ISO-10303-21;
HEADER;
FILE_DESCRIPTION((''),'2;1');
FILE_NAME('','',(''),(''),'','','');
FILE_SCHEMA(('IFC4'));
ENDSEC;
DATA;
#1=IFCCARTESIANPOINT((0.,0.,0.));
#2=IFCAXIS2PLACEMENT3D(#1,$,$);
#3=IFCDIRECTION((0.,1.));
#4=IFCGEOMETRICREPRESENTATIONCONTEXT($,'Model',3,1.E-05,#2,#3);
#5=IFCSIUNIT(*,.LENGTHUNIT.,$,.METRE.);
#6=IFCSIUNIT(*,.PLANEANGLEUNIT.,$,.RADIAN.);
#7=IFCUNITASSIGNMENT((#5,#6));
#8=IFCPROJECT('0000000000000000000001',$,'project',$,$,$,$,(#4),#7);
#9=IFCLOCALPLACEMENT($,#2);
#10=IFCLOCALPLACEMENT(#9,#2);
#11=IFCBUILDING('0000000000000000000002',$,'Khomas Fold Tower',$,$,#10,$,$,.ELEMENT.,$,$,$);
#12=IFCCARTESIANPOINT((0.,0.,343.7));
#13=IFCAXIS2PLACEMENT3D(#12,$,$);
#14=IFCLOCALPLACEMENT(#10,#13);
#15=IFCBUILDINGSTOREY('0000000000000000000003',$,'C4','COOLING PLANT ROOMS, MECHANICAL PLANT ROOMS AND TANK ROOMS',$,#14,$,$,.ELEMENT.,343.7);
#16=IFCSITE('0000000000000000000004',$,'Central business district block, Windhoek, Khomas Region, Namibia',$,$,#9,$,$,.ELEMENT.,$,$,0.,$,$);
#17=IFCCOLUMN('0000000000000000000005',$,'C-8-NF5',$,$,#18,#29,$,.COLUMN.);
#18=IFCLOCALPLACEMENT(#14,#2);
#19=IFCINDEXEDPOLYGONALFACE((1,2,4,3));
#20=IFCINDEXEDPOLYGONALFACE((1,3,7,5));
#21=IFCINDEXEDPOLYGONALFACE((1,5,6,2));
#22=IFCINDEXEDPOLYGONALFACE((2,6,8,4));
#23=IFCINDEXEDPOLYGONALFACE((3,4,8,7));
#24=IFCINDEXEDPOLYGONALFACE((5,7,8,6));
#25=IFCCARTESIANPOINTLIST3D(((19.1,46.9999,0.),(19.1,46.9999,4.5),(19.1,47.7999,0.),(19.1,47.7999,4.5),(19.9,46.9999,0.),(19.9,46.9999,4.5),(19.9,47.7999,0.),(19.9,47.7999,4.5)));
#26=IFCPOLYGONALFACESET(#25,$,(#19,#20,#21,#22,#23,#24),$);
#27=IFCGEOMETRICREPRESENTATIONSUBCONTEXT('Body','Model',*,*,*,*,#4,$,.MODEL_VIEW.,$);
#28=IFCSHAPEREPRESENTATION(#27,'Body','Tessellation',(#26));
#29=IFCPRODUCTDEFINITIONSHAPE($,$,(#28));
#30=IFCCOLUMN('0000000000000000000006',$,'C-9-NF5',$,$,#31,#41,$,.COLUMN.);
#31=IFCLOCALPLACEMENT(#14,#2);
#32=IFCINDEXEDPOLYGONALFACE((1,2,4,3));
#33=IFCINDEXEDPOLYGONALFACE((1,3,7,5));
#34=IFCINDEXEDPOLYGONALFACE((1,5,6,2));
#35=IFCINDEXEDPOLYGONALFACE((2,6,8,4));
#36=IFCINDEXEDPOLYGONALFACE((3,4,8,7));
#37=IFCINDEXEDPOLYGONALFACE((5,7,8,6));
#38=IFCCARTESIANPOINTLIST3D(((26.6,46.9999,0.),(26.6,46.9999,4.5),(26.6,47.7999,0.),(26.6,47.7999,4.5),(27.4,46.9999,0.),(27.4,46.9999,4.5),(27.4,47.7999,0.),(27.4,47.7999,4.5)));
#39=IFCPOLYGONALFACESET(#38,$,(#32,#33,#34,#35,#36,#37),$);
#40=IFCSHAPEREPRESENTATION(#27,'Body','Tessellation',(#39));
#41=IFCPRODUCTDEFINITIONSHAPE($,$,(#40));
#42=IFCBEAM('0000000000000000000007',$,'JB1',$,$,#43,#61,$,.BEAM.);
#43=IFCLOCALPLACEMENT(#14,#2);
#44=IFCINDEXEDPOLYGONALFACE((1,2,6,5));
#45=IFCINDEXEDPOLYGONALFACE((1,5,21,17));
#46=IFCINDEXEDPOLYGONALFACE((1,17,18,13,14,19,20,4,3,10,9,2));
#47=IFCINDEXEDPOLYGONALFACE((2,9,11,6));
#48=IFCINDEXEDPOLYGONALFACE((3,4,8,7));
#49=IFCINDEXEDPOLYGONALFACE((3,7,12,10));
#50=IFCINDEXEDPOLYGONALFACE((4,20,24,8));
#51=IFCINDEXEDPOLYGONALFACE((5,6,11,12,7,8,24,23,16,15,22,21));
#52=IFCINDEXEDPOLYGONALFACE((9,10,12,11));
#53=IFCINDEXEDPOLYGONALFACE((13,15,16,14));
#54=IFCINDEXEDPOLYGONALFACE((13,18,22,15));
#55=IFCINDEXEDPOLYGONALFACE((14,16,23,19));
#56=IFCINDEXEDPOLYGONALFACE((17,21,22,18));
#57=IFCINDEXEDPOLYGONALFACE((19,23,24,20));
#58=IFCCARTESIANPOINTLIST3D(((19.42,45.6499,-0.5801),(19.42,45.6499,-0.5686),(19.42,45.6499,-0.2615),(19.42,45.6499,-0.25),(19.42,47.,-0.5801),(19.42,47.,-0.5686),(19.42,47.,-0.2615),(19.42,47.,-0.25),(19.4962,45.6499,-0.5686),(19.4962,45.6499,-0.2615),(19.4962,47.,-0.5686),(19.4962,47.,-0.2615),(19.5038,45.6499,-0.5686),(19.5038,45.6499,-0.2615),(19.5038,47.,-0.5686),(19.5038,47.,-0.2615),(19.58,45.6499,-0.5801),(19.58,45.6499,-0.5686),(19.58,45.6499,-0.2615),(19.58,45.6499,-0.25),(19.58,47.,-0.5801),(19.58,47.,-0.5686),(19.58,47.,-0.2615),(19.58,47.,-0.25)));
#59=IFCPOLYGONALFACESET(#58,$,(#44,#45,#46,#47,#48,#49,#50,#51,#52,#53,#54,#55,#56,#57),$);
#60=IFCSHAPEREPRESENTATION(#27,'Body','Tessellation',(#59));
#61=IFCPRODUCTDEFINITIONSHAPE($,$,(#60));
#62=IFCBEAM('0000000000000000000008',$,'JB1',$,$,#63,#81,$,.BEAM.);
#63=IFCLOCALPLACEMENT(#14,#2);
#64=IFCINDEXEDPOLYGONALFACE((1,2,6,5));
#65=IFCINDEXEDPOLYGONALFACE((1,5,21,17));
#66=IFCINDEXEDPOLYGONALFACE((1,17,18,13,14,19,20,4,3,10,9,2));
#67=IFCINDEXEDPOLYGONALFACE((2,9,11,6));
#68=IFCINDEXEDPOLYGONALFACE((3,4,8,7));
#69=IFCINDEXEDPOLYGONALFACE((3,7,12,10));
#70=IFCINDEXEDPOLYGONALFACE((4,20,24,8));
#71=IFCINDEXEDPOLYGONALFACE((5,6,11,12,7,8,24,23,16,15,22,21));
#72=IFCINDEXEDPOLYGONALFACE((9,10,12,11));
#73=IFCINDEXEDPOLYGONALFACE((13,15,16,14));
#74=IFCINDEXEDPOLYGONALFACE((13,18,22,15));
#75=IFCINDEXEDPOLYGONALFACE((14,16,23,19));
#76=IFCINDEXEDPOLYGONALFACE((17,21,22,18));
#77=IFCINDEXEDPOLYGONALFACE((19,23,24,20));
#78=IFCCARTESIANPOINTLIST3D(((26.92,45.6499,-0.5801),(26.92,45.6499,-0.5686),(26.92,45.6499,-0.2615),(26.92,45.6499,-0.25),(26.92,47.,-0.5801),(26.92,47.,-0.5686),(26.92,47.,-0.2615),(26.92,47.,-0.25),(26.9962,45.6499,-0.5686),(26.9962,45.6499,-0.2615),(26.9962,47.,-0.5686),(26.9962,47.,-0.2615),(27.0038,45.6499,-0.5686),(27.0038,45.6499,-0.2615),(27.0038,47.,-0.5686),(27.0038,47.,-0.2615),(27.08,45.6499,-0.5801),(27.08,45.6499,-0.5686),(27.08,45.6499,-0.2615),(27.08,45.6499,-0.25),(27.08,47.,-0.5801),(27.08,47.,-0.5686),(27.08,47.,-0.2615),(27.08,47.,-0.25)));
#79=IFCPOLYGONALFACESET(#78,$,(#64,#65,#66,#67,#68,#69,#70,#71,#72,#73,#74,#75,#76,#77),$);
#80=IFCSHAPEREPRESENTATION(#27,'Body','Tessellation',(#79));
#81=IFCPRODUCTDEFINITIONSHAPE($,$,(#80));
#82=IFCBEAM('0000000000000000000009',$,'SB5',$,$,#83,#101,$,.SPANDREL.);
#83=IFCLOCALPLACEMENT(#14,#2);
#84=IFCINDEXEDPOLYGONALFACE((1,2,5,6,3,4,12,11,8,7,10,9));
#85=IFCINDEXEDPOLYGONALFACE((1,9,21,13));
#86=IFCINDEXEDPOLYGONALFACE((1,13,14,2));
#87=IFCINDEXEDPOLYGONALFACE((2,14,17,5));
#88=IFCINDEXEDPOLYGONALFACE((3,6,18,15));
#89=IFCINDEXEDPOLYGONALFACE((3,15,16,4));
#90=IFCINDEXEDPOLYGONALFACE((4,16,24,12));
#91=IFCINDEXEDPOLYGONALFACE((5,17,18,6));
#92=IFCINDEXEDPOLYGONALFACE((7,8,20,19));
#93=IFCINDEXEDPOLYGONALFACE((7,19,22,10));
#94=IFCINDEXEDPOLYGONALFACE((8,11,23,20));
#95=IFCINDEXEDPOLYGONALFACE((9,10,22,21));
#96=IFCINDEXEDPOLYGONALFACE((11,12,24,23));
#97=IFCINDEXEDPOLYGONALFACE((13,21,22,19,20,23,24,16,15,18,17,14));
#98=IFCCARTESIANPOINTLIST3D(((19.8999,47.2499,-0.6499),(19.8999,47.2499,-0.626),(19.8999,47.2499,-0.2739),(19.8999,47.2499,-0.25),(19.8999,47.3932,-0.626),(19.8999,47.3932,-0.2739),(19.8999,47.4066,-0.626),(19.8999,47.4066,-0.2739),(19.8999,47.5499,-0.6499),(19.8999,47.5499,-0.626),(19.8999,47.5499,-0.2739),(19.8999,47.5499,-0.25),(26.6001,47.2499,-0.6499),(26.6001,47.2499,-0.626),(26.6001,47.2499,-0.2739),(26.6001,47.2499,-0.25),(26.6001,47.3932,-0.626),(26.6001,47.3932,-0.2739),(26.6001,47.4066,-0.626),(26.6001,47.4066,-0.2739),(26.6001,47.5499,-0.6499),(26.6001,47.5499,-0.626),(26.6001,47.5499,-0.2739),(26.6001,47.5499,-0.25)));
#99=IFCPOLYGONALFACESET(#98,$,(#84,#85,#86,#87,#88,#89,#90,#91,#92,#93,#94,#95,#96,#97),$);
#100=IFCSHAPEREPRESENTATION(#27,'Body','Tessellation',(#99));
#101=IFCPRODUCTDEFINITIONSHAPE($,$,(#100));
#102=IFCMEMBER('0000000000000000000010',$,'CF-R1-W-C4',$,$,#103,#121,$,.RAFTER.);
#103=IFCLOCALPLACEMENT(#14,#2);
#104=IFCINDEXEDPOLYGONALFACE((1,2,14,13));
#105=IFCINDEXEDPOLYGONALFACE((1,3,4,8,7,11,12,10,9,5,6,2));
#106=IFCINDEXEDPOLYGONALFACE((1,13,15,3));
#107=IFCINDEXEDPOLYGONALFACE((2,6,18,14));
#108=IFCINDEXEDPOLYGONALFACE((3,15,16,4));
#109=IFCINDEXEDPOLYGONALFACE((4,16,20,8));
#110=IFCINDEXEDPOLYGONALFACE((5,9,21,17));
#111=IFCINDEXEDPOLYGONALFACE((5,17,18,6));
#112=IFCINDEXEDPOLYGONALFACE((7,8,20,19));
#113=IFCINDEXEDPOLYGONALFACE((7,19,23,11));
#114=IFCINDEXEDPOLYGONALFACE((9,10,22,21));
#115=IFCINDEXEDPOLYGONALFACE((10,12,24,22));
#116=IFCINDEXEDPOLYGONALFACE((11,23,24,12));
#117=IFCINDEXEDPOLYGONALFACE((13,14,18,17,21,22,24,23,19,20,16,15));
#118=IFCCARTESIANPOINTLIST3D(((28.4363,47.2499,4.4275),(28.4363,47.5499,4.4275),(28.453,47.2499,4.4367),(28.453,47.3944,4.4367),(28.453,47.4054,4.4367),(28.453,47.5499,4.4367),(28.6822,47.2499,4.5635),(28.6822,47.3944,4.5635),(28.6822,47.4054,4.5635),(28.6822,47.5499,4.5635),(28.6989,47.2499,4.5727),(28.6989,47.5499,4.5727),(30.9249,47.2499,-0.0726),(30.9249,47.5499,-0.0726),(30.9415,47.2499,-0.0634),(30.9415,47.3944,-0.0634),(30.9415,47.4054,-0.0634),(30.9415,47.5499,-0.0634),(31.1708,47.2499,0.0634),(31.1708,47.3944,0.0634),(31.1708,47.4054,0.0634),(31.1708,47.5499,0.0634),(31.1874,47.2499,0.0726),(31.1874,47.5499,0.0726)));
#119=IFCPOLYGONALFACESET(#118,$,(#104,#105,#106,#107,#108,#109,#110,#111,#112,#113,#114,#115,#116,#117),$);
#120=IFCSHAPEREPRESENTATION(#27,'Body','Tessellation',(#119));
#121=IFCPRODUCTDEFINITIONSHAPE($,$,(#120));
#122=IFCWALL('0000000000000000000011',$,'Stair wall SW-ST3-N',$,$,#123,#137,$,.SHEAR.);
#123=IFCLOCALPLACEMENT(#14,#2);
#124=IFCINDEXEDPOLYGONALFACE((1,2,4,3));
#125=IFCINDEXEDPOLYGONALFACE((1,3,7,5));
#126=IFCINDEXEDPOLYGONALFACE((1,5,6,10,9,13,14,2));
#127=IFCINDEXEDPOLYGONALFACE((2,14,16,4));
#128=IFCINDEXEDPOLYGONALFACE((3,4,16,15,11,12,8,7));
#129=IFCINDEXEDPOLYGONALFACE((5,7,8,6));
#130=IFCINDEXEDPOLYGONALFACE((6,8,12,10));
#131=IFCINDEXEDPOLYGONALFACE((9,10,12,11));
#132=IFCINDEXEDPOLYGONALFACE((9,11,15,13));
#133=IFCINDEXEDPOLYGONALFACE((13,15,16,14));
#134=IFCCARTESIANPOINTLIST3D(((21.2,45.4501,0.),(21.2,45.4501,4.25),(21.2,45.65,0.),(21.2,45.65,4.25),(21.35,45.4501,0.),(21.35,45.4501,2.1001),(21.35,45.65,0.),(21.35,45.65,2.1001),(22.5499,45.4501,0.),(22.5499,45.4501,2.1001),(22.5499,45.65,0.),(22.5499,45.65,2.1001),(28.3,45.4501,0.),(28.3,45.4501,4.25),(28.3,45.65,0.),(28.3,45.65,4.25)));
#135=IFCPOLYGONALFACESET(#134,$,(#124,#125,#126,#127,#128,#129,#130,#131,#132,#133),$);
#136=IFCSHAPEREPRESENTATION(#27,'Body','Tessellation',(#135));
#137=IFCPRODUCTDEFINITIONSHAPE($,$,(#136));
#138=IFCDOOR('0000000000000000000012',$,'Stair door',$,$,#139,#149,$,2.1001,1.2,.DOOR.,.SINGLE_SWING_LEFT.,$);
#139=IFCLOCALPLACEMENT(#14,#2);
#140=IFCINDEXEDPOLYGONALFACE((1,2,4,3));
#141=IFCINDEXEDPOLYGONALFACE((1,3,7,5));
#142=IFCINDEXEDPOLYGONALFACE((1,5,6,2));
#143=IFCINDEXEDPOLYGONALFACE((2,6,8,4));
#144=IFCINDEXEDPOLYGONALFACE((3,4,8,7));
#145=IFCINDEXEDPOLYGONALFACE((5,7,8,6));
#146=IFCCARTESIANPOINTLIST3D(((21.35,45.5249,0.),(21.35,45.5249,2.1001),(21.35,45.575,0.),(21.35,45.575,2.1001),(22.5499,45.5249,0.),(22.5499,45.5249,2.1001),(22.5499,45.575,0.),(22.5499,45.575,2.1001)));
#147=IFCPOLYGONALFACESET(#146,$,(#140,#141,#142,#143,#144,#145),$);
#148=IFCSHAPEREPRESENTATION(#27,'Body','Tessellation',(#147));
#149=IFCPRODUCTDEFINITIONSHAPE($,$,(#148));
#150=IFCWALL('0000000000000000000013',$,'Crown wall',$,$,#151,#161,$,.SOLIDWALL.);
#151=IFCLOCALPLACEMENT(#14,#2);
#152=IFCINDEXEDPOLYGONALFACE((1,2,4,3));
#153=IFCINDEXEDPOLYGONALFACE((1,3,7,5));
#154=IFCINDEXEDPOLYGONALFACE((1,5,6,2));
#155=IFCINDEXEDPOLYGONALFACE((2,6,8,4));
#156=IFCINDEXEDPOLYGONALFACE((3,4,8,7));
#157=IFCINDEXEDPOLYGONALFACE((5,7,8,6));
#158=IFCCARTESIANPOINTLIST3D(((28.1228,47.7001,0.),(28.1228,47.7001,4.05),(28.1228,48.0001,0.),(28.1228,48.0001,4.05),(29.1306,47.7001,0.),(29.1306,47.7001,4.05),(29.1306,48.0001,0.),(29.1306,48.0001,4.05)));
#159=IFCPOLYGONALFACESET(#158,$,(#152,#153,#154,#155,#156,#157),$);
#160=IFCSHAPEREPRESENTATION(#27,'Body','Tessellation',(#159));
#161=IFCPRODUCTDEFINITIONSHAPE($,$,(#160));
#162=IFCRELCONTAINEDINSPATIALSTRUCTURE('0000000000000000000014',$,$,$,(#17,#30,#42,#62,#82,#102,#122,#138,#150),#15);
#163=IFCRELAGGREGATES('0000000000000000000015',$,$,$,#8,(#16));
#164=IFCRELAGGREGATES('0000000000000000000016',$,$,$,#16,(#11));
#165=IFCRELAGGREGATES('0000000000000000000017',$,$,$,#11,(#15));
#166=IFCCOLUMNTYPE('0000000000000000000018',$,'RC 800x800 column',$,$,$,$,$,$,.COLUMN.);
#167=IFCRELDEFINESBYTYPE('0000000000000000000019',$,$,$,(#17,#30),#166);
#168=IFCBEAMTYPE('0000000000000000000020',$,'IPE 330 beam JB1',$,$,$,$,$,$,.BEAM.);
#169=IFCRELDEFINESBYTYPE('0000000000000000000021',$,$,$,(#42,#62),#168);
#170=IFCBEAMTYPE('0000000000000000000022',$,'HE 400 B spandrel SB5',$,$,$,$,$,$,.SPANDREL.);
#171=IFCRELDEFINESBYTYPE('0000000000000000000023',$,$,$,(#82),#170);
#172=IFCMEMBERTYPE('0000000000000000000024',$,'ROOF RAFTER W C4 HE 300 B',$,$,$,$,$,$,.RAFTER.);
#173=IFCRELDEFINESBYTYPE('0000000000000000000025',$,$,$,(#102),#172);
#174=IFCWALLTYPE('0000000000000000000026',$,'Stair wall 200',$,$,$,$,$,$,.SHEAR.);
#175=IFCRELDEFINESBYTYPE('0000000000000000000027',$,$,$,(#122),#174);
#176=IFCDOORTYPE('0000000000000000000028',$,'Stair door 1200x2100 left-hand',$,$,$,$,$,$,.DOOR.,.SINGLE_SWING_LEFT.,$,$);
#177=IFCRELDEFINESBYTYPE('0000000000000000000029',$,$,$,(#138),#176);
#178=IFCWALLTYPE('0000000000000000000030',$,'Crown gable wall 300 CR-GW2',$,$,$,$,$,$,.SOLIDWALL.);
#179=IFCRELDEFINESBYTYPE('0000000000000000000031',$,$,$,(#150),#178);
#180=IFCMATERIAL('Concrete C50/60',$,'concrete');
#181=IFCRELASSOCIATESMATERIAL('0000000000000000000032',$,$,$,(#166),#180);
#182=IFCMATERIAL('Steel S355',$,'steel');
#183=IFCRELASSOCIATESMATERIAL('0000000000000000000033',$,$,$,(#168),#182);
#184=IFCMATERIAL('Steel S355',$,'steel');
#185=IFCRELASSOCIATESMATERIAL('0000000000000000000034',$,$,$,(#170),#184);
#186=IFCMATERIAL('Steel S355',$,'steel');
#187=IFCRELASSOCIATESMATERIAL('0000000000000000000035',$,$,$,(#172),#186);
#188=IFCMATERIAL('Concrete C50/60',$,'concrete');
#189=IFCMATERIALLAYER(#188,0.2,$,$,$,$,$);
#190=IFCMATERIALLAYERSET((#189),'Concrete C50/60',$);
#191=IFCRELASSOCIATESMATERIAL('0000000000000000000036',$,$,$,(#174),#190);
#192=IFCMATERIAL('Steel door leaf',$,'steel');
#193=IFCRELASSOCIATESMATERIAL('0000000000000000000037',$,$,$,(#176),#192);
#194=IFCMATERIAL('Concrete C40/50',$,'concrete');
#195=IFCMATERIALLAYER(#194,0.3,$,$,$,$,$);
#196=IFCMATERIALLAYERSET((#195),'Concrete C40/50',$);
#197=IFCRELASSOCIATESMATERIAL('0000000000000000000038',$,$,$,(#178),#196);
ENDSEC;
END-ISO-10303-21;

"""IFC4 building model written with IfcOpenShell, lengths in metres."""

from ifc_helpers import new_model, si_unit, direction, frame, frame_2d, origin, origin_2d, place, context, subcontext, project, spatial, rectangle, i_section, extrude, source, transform, mapped, material, layer, layer_set, material_profile, profile_set, type_object, element, fill, save


model = new_model("IFC4")

# Units and contexts
model_context = context("Model", 3, precision=1e-05, world=origin(), true_north=direction((0.0, 1.0)))
body_context = subcontext(model_context, "Body", "Model", "MODEL_VIEW")
ifc_project = project(units=[si_unit("LENGTHUNIT", "METRE"), si_unit("PLANEANGLEUNIT", "RADIAN")], contexts=[model_context])

# Site, building, storey
site_placement = place(None, origin())
site = spatial("IfcSite", under=ifc_project, at=site_placement, Name="Central business district block, Windhoek, Khomas Region, Namibia", CompositionType="ELEMENT", RefElevation=0.0)
building_placement = place(site_placement, origin())
building = spatial("IfcBuilding", under=site, at=building_placement, Name="Khomas Fold Tower", CompositionType="ELEMENT")
storey_placement = place(building_placement, frame((0.0, 0.0, 343.7)))
storey = spatial("IfcBuildingStorey", under=building, at=storey_placement, Name="C4", Description="COOLING PLANT ROOMS, MECHANICAL PLANT ROOMS AND TANK ROOMS", CompositionType="ELEMENT", Elevation=343.7)

# Columns
ifc_material_1 = material(Name="Concrete C50/60", Category="concrete")
ifc_material_profile_1 = material_profile(ifc_material_1, rectangle(XDim=0.8, YDim=0.8, at=origin_2d()), Name="RC 800x800")
ifc_profile_set_1 = profile_set([ifc_material_profile_1], Name="Concrete C50/60")
column_type = type_object("IfcColumnType", Name="RC 800x800 column", PredefinedType="COLUMN", material=ifc_profile_set_1)
shared_shape_1 = source(origin(), body_context, "Body", "SweptSolid", [
    extrude(rectangle(XDim=0.8, YDim=0.8, at=origin_2d()), origin(), (0.0, 0.0, 1.0), 4.5),
])
for number, where, z_axis, x_axis, name in (
    (1, (19.5, 47.3999, 0.0), (0.0, 0.0, 1.0), (1.0, 0.0, 0.0), "C-8-NF5"),
    (2, (27.0, 47.3999, 0.0), (0.0, 0.0, 1.0), (1.0, 0.0, 0.0), "C-9-NF5"),
):
    element("IfcColumn", number, at=place(storey_placement, frame(where, z_axis=z_axis, x_axis=x_axis)), inside=storey, type_object=column_type, Name=name, PredefinedType="COLUMN", context=body_context, shape_type="MappedRepresentation", body=[
        mapped(shared_shape_1, transform((0.0, 0.0, 0.0))),
    ])

# Beams
ifc_material_2 = material(Name="Steel S355", Category="steel")
ifc_material_profile_2 = material_profile(ifc_material_2, i_section(OverallWidth=0.1599, OverallDepth=0.3301, WebThickness=0.0076, FlangeThickness=0.0115, at=origin_2d()), Name="IPE 330")
ifc_profile_set_2 = profile_set([ifc_material_profile_2], Name="Steel S355")
beam_type_1 = type_object("IfcBeamType", Name="IPE 330 beam JB1", PredefinedType="BEAM", material=ifc_profile_set_2)
shared_shape_2 = source(origin(), body_context, "Body", "SweptSolid", [
    extrude(i_section(OverallWidth=0.1599, OverallDepth=0.3301, WebThickness=0.0076, FlangeThickness=0.0115, at=origin_2d()), origin(), (0.0, 0.0, 1.0), 1.3501),
])
for number, where, z_axis, x_axis, name in (
    (3, (19.5, 45.6499, -0.415), (0.0, 1.0, 0.0), (-1.0, 0.0, 0.0), "JB1"),
    (4, (27.0, 45.6499, -0.415), (0.0, 1.0, 0.0), (-1.0, 0.0, 0.0), "JB1"),
):
    element("IfcBeam", number, at=place(storey_placement, frame(where, z_axis=z_axis, x_axis=x_axis)), inside=storey, type_object=beam_type_1, Name=name, PredefinedType="BEAM", context=body_context, shape_type="MappedRepresentation", body=[
        mapped(shared_shape_2, transform((0.0, 0.0, 0.0))),
    ])
ifc_material_3 = material(Name="Steel S355", Category="steel")
ifc_material_profile_3 = material_profile(ifc_material_3, i_section(OverallWidth=0.3, OverallDepth=0.3999, WebThickness=0.0134, FlangeThickness=0.0239, at=origin_2d()), Name="HE 400 B")
ifc_profile_set_3 = profile_set([ifc_material_profile_3], Name="Steel S355")
beam_type_2 = type_object("IfcBeamType", Name="HE 400 B spandrel SB5", PredefinedType="SPANDREL", material=ifc_profile_set_3)
shared_shape_3 = source(origin(), body_context, "Body", "SweptSolid", [
    extrude(i_section(OverallWidth=0.3, OverallDepth=0.3999, WebThickness=0.0134, FlangeThickness=0.0239, at=origin_2d()), origin(), (0.0, 0.0, 1.0), 6.7002),
])
beam_placement = place(storey_placement, frame((19.8999, 47.3999, -0.45), z_axis=(1.0, 0.0, 0.0), x_axis=(0.0, 1.0, 0.0)))
element("IfcBeam", 5, at=beam_placement, inside=storey, type_object=beam_type_2, Name="SB5", PredefinedType="SPANDREL", context=body_context, shape_type="MappedRepresentation", body=[
    mapped(shared_shape_3, transform((0.0, 0.0, 0.0))),
])

# Member
ifc_material_4 = material(Name="Steel S355", Category="steel")
ifc_material_profile_4 = material_profile(ifc_material_4, i_section(OverallWidth=0.3, OverallDepth=0.3, WebThickness=0.011, FlangeThickness=0.019, at=origin_2d()), Name="HE 300 B")
ifc_profile_set_4 = profile_set([ifc_material_profile_4], Name="Steel S355")
member_type = type_object("IfcMemberType", Name="ROOF RAFTER W C4 HE 300 B", PredefinedType="RAFTER", material=ifc_profile_set_4)
shared_shape_4 = source(origin(), body_context, "Body", "SweptSolid", [
    extrude(i_section(OverallWidth=0.3, OverallDepth=0.3, WebThickness=0.011, FlangeThickness=0.019, at=origin_2d()), origin(), (0.0, 0.0, 1.0), 5.1423),
])
member_placement = place(storey_placement, frame((31.0562, 47.3999, 0.0), z_axis=(-0.483937, 0.0, 0.875103), x_axis=(0.0, -1.0, 0.0)))
element("IfcMember", 6, at=member_placement, inside=storey, type_object=member_type, Name="CF-R1-W-C4", PredefinedType="RAFTER", context=body_context, shape_type="MappedRepresentation", body=[
    mapped(shared_shape_4, transform((0.0, 0.0, 0.0))),
])

# Wall, opening, door
ifc_material_5 = material(Name="Concrete C50/60", Category="concrete")
ifc_layer_1 = layer(ifc_material_5, 0.2)
ifc_layer_set_1 = layer_set([ifc_layer_1], Name="Concrete C50/60")
wall_type_1 = type_object("IfcWallType", Name="Stair wall 200", PredefinedType="SHEAR", material=ifc_layer_set_1)
shared_shape_5 = source(origin(), body_context, "Body", "SweptSolid", [
    extrude(rectangle(XDim=7.1001, YDim=0.2, at=frame_2d((3.55, 0.0))), origin(), (0.0, 0.0, 1.0), 4.25),
])
wall_1_placement = place(storey_placement, frame((21.2, 45.55, 0.0), z_axis=(0.0, 0.0, 1.0), x_axis=(1.0, 0.0, 0.0)))
wall_1 = element("IfcWall", 7, at=wall_1_placement, inside=storey, type_object=wall_type_1, Name="Stair wall SW-ST3-N", PredefinedType="SHEAR", context=body_context, shape_type="MappedRepresentation", body=[
    mapped(shared_shape_5, transform((0.0, 0.0, 0.0))),
])
shared_shape_6 = source(origin(), body_context, "Body", "SweptSolid", [
    extrude(rectangle(XDim=1.2, YDim=2.1001, at=frame_2d((0.6001, 1.05))), frame((0.0, 0.1099, 0.0), z_axis=(0.0, -1.0, 0.0), x_axis=(1.0, 0.0, 0.0)), (0.0, 0.0, 1.0), 0.22),
])
opening_1_placement = place(wall_1_placement, frame((0.1499, 0.0, 0.0)))
opening_1 = element("IfcOpeningElement", 8, at=opening_1_placement, cuts=wall_1, PredefinedType="OPENING", context=body_context, shape_type="MappedRepresentation", body=[
    mapped(shared_shape_6, transform((0.0, 0.0, 0.0))),
])
ifc_material_6 = material(Name="Steel door leaf", Category="steel")
door_type = type_object("IfcDoorType", Name="Stair door 1200x2100 left-hand", OperationType="SINGLE_SWING_LEFT", PredefinedType="DOOR", material=ifc_material_6)
shared_shape_7 = source(origin(), body_context, "Body", "SweptSolid", [
    extrude(rectangle(XDim=1.2, YDim=2.1001, at=frame_2d((0.6001, 1.05))), frame((0.0, 0.0249, 0.0), z_axis=(0.0, -1.0, 0.0), x_axis=(1.0, 0.0, 0.0)), (0.0, 0.0, 1.0), 0.05),
])
door_placement = place(opening_1_placement, origin())
door = element("IfcDoor", 9, at=door_placement, inside=storey, type_object=door_type, Name="Stair door", OperationType="SINGLE_SWING_LEFT", OverallHeight=2.1001, OverallWidth=1.2, PredefinedType="DOOR", context=body_context, shape_type="MappedRepresentation", body=[
    mapped(shared_shape_7, transform((0.0, 0.0, 0.0))),
])
fill(opening_1, door)

# Wall
ifc_material_7 = material(Name="Concrete C40/50", Category="concrete")
ifc_layer_2 = layer(ifc_material_7, 0.3)
ifc_layer_set_2 = layer_set([ifc_layer_2], Name="Concrete C40/50")
wall_type_2 = type_object("IfcWallType", Name="Crown gable wall 300 CR-GW2", PredefinedType="SOLIDWALL", material=ifc_layer_set_2)
shared_shape_8 = source(origin(), body_context, "Body", "SweptSolid", [
    extrude(rectangle(XDim=1.0078, YDim=0.3, at=frame_2d((0.5039, 0.0))), origin(), (0.0, 0.0, 1.0), 4.05),
])
wall_2_placement = place(storey_placement, frame((29.1306, 47.8501, 0.0), z_axis=(0.0, 0.0, 1.0), x_axis=(-1.0, 0.0, 0.0)))
element("IfcWall", 10, at=wall_2_placement, inside=storey, type_object=wall_type_2, Name="Crown wall", PredefinedType="SOLIDWALL", context=body_context, shape_type="MappedRepresentation", body=[
    mapped(shared_shape_8, transform((0.0, 0.0, 0.0))),
])

save(model, "model.ifc")
